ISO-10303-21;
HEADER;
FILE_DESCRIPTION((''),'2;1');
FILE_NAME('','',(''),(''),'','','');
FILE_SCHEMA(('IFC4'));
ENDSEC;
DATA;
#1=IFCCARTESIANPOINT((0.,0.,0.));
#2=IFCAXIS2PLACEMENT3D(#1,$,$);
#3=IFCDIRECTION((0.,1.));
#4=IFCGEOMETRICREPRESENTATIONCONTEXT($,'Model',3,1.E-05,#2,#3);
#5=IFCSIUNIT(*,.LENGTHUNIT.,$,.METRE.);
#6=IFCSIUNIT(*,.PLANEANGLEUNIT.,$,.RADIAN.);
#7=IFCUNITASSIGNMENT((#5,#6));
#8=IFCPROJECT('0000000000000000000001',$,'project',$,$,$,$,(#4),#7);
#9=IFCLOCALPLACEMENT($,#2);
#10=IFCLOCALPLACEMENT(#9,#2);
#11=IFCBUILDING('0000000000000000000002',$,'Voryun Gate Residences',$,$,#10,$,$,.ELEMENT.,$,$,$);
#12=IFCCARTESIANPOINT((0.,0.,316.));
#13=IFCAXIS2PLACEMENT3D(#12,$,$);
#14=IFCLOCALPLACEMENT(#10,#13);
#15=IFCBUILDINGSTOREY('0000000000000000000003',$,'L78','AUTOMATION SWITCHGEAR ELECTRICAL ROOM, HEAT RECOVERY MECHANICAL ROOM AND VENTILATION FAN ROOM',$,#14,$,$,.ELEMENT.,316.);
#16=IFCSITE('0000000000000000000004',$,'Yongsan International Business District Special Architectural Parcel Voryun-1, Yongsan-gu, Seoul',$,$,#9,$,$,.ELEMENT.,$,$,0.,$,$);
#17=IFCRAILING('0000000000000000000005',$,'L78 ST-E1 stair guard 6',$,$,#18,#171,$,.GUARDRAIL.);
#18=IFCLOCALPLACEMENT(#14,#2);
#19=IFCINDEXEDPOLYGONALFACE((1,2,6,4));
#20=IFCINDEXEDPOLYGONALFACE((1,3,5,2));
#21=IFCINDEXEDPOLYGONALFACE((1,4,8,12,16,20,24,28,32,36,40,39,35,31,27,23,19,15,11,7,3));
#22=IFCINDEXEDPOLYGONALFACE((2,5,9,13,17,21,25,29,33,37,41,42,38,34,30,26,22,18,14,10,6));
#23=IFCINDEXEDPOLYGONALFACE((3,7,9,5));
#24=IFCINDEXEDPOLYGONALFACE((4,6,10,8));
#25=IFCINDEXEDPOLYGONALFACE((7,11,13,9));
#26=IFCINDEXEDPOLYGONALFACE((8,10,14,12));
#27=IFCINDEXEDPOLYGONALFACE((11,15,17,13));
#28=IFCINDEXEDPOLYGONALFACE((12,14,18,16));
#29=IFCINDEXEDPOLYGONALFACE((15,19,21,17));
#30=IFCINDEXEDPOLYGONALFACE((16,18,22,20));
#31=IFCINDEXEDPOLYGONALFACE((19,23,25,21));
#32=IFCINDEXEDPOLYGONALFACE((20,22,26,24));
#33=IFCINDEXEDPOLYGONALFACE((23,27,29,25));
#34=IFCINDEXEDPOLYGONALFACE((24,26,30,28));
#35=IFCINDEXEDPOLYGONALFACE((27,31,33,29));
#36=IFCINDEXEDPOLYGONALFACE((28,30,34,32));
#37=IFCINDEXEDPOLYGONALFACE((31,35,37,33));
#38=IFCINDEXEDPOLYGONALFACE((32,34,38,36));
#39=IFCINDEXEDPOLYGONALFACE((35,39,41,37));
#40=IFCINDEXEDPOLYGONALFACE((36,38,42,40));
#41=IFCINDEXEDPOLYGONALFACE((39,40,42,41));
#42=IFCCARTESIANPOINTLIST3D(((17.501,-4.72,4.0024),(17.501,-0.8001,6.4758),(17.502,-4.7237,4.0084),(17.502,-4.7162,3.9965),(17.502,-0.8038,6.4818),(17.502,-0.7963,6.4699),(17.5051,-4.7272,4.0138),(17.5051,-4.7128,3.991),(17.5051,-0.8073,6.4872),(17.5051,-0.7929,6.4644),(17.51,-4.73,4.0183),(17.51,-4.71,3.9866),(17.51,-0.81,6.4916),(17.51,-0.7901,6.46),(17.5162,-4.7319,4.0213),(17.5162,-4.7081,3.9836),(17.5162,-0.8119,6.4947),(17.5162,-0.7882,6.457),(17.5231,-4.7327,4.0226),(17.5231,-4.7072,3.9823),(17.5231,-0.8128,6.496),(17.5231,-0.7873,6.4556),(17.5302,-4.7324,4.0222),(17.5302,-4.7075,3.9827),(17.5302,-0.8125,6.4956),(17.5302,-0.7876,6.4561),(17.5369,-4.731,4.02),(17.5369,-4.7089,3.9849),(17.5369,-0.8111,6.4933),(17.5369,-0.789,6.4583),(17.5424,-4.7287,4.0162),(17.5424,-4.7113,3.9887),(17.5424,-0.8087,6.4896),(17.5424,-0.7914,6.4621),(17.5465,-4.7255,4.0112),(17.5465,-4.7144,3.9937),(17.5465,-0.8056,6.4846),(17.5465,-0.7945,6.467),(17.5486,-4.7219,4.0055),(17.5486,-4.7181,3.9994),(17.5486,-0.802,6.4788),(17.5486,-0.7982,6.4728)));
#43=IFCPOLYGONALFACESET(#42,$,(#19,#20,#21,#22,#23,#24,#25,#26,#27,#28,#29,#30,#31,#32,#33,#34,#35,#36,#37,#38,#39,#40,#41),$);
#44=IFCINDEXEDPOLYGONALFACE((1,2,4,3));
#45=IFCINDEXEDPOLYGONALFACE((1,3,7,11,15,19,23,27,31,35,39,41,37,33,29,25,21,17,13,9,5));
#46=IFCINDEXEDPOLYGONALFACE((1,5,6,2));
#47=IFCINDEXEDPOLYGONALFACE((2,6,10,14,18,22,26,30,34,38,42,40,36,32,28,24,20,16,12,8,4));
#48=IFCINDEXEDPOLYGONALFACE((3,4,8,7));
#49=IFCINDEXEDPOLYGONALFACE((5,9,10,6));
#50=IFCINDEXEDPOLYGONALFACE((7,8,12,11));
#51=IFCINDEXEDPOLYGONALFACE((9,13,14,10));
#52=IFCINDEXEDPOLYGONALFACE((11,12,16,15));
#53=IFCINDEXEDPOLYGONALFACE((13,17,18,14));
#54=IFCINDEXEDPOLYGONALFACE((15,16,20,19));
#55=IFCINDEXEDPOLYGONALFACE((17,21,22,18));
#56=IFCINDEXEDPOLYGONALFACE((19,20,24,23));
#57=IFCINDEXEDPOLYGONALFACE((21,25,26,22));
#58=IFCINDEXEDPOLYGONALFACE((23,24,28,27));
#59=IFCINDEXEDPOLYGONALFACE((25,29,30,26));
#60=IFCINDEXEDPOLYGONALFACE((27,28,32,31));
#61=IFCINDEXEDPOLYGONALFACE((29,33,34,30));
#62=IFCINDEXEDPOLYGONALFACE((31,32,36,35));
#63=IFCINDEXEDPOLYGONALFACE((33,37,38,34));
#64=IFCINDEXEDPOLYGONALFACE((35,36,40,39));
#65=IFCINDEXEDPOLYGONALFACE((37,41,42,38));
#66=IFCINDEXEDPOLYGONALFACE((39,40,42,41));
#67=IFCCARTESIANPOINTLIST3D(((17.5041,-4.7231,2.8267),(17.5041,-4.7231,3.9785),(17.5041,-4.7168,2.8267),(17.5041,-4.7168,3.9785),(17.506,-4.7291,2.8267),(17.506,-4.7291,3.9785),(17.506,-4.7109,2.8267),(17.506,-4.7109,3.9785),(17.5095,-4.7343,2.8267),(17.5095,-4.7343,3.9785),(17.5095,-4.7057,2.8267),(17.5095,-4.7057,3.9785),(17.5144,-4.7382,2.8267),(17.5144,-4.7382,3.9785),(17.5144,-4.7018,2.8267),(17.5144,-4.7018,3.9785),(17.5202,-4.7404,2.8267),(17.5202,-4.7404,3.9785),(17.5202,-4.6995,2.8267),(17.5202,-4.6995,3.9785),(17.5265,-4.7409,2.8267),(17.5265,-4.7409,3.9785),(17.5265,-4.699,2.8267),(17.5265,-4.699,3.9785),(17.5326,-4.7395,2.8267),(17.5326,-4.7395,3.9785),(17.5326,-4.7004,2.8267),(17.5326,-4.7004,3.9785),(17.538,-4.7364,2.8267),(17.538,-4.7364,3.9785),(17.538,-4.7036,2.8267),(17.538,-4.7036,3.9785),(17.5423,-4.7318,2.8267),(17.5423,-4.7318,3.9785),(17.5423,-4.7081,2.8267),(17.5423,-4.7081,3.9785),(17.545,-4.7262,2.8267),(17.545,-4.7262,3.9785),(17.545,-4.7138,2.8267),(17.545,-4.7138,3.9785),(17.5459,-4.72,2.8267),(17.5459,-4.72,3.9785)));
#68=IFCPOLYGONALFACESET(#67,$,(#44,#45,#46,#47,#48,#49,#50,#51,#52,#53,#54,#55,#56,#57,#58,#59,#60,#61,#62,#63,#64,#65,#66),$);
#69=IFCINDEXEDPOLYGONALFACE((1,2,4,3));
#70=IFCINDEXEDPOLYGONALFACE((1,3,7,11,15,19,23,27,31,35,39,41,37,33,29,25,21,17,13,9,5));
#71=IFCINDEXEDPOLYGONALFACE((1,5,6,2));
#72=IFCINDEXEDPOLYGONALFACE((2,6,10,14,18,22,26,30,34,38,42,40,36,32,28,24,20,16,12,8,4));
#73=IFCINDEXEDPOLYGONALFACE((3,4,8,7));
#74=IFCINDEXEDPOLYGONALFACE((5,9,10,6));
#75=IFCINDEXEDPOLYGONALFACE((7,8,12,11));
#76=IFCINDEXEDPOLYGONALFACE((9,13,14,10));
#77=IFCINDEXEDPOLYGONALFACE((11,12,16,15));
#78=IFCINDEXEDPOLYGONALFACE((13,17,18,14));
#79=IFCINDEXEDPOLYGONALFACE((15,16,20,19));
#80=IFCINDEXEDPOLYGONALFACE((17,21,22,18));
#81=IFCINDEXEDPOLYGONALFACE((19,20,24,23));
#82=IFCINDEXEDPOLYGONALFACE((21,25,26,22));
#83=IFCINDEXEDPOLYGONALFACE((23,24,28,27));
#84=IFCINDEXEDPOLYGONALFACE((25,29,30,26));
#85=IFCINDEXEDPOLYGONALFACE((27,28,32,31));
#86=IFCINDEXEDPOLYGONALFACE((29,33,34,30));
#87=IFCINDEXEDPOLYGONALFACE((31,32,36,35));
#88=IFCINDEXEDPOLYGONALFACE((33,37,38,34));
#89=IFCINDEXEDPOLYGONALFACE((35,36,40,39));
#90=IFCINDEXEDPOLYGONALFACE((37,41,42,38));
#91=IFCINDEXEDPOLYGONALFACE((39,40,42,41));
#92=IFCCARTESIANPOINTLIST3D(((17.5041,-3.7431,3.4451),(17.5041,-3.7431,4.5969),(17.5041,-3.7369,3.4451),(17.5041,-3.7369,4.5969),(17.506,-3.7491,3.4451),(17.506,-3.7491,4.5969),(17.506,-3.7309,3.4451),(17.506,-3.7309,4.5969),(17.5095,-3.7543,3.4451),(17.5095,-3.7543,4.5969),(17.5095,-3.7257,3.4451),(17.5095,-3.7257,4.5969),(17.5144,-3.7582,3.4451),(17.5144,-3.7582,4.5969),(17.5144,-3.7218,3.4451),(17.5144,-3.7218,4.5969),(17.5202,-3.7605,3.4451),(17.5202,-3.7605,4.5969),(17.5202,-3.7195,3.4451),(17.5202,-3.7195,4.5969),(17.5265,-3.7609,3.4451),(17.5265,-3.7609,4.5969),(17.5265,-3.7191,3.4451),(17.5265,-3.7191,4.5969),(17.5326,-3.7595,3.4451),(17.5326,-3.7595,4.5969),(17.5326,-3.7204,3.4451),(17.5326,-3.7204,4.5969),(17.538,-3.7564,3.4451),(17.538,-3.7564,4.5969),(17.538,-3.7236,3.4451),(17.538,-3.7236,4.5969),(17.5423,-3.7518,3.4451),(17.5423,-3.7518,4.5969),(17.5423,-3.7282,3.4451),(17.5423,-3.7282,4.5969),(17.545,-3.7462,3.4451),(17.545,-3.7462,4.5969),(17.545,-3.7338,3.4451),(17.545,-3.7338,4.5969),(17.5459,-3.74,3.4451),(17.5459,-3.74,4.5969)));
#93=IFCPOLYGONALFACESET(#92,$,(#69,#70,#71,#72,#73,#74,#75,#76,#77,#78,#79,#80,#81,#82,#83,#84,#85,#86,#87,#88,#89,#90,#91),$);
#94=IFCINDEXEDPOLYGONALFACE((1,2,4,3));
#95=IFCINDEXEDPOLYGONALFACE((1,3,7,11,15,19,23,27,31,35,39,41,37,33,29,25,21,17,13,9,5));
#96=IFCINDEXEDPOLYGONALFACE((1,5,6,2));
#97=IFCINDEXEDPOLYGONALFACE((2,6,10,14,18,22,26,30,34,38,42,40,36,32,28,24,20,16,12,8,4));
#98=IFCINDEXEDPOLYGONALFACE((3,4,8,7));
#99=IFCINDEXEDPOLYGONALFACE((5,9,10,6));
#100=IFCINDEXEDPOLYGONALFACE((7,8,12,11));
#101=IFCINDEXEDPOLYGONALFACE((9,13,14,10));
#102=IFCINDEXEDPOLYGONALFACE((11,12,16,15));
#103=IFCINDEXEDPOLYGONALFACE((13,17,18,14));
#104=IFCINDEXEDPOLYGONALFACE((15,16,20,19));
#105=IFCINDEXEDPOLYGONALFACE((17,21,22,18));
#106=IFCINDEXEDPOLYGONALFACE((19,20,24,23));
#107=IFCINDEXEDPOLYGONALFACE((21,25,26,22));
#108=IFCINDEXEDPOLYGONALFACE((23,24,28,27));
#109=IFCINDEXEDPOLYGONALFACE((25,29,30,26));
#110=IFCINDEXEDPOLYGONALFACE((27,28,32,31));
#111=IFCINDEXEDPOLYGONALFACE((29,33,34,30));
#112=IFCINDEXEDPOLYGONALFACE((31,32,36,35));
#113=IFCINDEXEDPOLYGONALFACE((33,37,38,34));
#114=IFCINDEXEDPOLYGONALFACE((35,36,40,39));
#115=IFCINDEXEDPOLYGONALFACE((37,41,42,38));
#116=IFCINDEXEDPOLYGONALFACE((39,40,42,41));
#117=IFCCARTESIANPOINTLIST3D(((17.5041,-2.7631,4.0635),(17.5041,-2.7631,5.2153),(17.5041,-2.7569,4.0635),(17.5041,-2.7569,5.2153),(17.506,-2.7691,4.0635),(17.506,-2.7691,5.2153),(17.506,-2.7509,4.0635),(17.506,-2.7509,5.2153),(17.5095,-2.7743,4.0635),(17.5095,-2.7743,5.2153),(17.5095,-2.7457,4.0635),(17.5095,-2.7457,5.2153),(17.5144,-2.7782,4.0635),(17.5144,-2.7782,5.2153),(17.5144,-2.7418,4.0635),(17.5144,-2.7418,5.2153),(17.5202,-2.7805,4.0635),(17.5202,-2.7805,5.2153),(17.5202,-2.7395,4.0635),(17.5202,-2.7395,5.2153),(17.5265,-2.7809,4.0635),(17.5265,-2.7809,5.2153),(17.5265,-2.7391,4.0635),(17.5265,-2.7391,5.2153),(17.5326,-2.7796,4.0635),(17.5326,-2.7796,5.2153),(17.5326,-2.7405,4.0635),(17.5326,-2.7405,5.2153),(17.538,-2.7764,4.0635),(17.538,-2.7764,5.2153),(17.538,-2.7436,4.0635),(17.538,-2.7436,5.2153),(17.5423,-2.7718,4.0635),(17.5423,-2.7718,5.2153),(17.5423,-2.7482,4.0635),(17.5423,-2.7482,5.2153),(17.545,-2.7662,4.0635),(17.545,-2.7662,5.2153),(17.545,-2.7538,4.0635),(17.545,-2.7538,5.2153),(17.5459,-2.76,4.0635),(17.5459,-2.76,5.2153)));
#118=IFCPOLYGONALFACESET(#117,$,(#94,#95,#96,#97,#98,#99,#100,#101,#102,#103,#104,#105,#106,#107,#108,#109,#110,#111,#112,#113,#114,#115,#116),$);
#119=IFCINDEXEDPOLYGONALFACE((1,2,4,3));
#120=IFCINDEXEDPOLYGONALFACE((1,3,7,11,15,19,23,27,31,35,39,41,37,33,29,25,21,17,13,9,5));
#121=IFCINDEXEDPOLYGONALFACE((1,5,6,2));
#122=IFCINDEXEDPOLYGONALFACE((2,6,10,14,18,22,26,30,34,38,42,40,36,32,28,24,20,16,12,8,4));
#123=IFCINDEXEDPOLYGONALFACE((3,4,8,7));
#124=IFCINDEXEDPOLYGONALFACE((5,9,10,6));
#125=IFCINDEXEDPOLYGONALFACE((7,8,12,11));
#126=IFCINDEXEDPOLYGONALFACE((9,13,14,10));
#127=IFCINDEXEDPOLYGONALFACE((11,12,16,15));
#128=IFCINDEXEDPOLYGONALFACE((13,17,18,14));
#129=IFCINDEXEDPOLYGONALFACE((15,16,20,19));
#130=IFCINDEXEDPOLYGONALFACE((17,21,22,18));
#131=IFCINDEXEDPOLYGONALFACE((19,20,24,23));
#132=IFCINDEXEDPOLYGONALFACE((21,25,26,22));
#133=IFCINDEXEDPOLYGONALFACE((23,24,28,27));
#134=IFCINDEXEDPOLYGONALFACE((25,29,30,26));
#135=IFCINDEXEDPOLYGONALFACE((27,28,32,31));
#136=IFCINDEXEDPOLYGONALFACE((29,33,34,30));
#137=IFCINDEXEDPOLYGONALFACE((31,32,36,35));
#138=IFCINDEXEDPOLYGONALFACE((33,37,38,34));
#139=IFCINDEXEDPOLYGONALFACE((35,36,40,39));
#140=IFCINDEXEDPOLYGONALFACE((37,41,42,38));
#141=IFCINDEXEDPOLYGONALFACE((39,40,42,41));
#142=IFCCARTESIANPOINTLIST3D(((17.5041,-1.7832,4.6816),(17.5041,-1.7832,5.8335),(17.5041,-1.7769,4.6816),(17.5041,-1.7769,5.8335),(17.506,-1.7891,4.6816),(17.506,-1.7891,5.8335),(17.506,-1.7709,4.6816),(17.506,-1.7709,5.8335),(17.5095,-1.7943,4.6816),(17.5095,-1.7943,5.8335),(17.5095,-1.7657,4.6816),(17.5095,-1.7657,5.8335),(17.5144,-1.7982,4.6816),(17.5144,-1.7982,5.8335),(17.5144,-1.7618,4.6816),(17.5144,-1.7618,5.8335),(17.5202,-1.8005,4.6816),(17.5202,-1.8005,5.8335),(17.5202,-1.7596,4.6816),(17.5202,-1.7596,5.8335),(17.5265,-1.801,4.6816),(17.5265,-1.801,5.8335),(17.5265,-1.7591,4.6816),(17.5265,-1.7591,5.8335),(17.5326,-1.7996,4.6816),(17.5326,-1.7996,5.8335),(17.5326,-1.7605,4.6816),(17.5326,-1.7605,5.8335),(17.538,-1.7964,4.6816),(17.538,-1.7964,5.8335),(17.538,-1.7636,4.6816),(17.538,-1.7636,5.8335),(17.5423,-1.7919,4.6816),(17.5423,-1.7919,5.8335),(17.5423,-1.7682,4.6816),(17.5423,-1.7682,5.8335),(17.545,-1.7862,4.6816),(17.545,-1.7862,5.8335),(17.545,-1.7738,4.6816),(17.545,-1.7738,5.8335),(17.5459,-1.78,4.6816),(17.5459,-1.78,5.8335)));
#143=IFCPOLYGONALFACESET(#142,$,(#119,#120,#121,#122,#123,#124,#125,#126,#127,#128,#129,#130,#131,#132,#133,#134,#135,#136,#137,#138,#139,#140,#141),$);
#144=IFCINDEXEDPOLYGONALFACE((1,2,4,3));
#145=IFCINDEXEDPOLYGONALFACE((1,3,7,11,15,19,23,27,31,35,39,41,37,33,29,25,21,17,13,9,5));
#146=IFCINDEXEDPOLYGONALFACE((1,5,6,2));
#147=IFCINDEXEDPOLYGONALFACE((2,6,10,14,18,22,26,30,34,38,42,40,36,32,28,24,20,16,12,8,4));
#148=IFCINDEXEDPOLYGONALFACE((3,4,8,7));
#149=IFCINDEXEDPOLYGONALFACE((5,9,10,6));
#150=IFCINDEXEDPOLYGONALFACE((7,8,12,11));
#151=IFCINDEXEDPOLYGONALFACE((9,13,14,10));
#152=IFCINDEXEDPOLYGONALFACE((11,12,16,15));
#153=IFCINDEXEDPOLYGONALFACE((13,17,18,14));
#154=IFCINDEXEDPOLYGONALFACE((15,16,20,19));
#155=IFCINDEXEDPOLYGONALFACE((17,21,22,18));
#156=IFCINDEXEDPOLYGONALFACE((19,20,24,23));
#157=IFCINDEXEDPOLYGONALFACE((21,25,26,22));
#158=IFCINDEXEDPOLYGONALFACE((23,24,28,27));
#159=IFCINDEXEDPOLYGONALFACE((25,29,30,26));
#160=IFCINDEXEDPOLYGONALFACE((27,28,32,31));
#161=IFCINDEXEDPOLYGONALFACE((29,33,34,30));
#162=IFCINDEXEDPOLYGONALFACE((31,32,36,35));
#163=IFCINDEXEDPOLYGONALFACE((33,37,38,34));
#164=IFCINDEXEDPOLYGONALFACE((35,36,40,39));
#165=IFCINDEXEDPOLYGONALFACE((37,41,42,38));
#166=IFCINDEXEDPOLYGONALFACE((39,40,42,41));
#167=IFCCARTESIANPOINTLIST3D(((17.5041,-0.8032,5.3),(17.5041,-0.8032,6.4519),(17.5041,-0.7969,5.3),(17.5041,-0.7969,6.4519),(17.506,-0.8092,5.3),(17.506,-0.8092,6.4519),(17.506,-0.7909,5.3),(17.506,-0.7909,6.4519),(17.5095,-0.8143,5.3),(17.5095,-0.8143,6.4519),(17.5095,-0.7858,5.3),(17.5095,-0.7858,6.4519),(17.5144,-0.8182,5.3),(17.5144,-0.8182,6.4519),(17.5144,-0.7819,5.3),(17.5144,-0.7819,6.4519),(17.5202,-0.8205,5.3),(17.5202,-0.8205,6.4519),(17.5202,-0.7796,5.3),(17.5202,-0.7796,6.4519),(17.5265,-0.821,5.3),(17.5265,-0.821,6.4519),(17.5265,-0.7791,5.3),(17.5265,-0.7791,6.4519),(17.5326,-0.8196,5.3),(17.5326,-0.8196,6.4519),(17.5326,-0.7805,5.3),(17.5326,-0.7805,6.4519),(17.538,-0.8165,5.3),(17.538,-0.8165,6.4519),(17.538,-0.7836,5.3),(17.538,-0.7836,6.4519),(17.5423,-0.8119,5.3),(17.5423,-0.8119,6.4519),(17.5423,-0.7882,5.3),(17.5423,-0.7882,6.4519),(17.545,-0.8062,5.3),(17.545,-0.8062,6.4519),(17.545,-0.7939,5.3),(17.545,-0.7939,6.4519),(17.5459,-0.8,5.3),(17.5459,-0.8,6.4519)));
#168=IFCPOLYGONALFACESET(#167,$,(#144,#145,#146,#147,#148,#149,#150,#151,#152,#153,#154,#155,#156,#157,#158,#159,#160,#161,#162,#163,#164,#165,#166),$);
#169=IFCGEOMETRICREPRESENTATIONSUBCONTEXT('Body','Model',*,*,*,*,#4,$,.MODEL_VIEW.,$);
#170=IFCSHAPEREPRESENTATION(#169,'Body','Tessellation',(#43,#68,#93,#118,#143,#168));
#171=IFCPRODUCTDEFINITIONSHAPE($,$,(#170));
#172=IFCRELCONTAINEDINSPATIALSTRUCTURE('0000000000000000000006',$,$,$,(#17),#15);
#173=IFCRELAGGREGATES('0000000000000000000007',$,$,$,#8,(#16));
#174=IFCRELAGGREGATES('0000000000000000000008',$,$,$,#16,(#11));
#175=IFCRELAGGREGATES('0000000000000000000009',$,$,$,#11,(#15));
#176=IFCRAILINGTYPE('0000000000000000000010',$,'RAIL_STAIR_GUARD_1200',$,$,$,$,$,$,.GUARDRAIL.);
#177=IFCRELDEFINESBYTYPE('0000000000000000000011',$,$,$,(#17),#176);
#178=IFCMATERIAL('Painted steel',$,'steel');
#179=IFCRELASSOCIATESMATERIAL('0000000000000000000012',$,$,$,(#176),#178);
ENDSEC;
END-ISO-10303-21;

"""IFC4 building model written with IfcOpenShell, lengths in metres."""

from ifc_helpers import new_model, si_unit, direction, frame, origin, origin_2d, place, context, subcontext, project, spatial, circle, extrude, material, type_object, element, save


model = new_model("IFC4")

# Units and contexts
model_context = context("Model", 3, precision=1e-05, world=origin(), true_north=direction((0.0, 1.0)))
body_context = subcontext(model_context, "Body", "Model", "MODEL_VIEW")
ifc_project = project(units=[si_unit("LENGTHUNIT", "METRE"), si_unit("PLANEANGLEUNIT", "RADIAN")], contexts=[model_context])

# Site, building, storey
site_placement = place(None, origin())
site = spatial("IfcSite", under=ifc_project, at=site_placement, Name="Yongsan International Business District Special Architectural Parcel Voryun-1, Yongsan-gu, Seoul", CompositionType="ELEMENT", RefElevation=0.0)
building_placement = place(site_placement, origin())
building = spatial("IfcBuilding", under=site, at=building_placement, Name="Voryun Gate Residences", CompositionType="ELEMENT")
storey_placement = place(building_placement, frame((0.0, 0.0, 316.0)))
storey = spatial("IfcBuildingStorey", under=building, at=storey_placement, Name="L78", Description="AUTOMATION SWITCHGEAR ELECTRICAL ROOM, HEAT RECOVERY MECHANICAL ROOM AND VENTILATION FAN ROOM", CompositionType="ELEMENT", Elevation=316.0)

# Railing
ifc_material_1 = material(Name="Painted steel", Category="steel")
railing_type_1 = type_object("IfcRailingType", Name="RAIL_STAIR_GUARD_1200", PredefinedType="GUARDRAIL", material=ifc_material_1)
railing_1_placement = place(storey_placement, frame((17.5249, -4.72, 2.8267)))
element("IfcRailing", 1, at=railing_1_placement, inside=storey, type_object=railing_type_1, Name="L78 ST-E1 stair guard 6", PredefinedType="GUARDRAIL", context=body_context, shape_type="SweptSolid", body=[
    extrude(circle(Radius=0.0239, at=origin_2d()), frame((0.0, 0.0, 1.1758), z_axis=(0.0, 0.845718, 0.53363), x_axis=(-1.0, 0.0, 0.0)), (0.0, 0.0, 1.0), 4.635),
    extrude(circle(Radius=0.021, at=origin_2d()), origin(), (0.0, 0.0, 1.0), 1.1519),
    extrude(circle(Radius=0.021, at=origin_2d()), frame((0.0, 0.98, 0.6184)), (0.0, 0.0, 1.0), 1.1519),
    extrude(circle(Radius=0.021, at=origin_2d()), frame((0.0, 1.96, 1.2368)), (0.0, 0.0, 1.0), 1.1519),
    extrude(circle(Radius=0.021, at=origin_2d()), frame((0.0, 2.9399, 1.855)), (0.0, 0.0, 1.0), 1.1519),
    extrude(circle(Radius=0.021, at=origin_2d()), frame((0.0, 3.9199, 2.4734)), (0.0, 0.0, 1.0), 1.1519),
])

save(model, "model.ifc")
